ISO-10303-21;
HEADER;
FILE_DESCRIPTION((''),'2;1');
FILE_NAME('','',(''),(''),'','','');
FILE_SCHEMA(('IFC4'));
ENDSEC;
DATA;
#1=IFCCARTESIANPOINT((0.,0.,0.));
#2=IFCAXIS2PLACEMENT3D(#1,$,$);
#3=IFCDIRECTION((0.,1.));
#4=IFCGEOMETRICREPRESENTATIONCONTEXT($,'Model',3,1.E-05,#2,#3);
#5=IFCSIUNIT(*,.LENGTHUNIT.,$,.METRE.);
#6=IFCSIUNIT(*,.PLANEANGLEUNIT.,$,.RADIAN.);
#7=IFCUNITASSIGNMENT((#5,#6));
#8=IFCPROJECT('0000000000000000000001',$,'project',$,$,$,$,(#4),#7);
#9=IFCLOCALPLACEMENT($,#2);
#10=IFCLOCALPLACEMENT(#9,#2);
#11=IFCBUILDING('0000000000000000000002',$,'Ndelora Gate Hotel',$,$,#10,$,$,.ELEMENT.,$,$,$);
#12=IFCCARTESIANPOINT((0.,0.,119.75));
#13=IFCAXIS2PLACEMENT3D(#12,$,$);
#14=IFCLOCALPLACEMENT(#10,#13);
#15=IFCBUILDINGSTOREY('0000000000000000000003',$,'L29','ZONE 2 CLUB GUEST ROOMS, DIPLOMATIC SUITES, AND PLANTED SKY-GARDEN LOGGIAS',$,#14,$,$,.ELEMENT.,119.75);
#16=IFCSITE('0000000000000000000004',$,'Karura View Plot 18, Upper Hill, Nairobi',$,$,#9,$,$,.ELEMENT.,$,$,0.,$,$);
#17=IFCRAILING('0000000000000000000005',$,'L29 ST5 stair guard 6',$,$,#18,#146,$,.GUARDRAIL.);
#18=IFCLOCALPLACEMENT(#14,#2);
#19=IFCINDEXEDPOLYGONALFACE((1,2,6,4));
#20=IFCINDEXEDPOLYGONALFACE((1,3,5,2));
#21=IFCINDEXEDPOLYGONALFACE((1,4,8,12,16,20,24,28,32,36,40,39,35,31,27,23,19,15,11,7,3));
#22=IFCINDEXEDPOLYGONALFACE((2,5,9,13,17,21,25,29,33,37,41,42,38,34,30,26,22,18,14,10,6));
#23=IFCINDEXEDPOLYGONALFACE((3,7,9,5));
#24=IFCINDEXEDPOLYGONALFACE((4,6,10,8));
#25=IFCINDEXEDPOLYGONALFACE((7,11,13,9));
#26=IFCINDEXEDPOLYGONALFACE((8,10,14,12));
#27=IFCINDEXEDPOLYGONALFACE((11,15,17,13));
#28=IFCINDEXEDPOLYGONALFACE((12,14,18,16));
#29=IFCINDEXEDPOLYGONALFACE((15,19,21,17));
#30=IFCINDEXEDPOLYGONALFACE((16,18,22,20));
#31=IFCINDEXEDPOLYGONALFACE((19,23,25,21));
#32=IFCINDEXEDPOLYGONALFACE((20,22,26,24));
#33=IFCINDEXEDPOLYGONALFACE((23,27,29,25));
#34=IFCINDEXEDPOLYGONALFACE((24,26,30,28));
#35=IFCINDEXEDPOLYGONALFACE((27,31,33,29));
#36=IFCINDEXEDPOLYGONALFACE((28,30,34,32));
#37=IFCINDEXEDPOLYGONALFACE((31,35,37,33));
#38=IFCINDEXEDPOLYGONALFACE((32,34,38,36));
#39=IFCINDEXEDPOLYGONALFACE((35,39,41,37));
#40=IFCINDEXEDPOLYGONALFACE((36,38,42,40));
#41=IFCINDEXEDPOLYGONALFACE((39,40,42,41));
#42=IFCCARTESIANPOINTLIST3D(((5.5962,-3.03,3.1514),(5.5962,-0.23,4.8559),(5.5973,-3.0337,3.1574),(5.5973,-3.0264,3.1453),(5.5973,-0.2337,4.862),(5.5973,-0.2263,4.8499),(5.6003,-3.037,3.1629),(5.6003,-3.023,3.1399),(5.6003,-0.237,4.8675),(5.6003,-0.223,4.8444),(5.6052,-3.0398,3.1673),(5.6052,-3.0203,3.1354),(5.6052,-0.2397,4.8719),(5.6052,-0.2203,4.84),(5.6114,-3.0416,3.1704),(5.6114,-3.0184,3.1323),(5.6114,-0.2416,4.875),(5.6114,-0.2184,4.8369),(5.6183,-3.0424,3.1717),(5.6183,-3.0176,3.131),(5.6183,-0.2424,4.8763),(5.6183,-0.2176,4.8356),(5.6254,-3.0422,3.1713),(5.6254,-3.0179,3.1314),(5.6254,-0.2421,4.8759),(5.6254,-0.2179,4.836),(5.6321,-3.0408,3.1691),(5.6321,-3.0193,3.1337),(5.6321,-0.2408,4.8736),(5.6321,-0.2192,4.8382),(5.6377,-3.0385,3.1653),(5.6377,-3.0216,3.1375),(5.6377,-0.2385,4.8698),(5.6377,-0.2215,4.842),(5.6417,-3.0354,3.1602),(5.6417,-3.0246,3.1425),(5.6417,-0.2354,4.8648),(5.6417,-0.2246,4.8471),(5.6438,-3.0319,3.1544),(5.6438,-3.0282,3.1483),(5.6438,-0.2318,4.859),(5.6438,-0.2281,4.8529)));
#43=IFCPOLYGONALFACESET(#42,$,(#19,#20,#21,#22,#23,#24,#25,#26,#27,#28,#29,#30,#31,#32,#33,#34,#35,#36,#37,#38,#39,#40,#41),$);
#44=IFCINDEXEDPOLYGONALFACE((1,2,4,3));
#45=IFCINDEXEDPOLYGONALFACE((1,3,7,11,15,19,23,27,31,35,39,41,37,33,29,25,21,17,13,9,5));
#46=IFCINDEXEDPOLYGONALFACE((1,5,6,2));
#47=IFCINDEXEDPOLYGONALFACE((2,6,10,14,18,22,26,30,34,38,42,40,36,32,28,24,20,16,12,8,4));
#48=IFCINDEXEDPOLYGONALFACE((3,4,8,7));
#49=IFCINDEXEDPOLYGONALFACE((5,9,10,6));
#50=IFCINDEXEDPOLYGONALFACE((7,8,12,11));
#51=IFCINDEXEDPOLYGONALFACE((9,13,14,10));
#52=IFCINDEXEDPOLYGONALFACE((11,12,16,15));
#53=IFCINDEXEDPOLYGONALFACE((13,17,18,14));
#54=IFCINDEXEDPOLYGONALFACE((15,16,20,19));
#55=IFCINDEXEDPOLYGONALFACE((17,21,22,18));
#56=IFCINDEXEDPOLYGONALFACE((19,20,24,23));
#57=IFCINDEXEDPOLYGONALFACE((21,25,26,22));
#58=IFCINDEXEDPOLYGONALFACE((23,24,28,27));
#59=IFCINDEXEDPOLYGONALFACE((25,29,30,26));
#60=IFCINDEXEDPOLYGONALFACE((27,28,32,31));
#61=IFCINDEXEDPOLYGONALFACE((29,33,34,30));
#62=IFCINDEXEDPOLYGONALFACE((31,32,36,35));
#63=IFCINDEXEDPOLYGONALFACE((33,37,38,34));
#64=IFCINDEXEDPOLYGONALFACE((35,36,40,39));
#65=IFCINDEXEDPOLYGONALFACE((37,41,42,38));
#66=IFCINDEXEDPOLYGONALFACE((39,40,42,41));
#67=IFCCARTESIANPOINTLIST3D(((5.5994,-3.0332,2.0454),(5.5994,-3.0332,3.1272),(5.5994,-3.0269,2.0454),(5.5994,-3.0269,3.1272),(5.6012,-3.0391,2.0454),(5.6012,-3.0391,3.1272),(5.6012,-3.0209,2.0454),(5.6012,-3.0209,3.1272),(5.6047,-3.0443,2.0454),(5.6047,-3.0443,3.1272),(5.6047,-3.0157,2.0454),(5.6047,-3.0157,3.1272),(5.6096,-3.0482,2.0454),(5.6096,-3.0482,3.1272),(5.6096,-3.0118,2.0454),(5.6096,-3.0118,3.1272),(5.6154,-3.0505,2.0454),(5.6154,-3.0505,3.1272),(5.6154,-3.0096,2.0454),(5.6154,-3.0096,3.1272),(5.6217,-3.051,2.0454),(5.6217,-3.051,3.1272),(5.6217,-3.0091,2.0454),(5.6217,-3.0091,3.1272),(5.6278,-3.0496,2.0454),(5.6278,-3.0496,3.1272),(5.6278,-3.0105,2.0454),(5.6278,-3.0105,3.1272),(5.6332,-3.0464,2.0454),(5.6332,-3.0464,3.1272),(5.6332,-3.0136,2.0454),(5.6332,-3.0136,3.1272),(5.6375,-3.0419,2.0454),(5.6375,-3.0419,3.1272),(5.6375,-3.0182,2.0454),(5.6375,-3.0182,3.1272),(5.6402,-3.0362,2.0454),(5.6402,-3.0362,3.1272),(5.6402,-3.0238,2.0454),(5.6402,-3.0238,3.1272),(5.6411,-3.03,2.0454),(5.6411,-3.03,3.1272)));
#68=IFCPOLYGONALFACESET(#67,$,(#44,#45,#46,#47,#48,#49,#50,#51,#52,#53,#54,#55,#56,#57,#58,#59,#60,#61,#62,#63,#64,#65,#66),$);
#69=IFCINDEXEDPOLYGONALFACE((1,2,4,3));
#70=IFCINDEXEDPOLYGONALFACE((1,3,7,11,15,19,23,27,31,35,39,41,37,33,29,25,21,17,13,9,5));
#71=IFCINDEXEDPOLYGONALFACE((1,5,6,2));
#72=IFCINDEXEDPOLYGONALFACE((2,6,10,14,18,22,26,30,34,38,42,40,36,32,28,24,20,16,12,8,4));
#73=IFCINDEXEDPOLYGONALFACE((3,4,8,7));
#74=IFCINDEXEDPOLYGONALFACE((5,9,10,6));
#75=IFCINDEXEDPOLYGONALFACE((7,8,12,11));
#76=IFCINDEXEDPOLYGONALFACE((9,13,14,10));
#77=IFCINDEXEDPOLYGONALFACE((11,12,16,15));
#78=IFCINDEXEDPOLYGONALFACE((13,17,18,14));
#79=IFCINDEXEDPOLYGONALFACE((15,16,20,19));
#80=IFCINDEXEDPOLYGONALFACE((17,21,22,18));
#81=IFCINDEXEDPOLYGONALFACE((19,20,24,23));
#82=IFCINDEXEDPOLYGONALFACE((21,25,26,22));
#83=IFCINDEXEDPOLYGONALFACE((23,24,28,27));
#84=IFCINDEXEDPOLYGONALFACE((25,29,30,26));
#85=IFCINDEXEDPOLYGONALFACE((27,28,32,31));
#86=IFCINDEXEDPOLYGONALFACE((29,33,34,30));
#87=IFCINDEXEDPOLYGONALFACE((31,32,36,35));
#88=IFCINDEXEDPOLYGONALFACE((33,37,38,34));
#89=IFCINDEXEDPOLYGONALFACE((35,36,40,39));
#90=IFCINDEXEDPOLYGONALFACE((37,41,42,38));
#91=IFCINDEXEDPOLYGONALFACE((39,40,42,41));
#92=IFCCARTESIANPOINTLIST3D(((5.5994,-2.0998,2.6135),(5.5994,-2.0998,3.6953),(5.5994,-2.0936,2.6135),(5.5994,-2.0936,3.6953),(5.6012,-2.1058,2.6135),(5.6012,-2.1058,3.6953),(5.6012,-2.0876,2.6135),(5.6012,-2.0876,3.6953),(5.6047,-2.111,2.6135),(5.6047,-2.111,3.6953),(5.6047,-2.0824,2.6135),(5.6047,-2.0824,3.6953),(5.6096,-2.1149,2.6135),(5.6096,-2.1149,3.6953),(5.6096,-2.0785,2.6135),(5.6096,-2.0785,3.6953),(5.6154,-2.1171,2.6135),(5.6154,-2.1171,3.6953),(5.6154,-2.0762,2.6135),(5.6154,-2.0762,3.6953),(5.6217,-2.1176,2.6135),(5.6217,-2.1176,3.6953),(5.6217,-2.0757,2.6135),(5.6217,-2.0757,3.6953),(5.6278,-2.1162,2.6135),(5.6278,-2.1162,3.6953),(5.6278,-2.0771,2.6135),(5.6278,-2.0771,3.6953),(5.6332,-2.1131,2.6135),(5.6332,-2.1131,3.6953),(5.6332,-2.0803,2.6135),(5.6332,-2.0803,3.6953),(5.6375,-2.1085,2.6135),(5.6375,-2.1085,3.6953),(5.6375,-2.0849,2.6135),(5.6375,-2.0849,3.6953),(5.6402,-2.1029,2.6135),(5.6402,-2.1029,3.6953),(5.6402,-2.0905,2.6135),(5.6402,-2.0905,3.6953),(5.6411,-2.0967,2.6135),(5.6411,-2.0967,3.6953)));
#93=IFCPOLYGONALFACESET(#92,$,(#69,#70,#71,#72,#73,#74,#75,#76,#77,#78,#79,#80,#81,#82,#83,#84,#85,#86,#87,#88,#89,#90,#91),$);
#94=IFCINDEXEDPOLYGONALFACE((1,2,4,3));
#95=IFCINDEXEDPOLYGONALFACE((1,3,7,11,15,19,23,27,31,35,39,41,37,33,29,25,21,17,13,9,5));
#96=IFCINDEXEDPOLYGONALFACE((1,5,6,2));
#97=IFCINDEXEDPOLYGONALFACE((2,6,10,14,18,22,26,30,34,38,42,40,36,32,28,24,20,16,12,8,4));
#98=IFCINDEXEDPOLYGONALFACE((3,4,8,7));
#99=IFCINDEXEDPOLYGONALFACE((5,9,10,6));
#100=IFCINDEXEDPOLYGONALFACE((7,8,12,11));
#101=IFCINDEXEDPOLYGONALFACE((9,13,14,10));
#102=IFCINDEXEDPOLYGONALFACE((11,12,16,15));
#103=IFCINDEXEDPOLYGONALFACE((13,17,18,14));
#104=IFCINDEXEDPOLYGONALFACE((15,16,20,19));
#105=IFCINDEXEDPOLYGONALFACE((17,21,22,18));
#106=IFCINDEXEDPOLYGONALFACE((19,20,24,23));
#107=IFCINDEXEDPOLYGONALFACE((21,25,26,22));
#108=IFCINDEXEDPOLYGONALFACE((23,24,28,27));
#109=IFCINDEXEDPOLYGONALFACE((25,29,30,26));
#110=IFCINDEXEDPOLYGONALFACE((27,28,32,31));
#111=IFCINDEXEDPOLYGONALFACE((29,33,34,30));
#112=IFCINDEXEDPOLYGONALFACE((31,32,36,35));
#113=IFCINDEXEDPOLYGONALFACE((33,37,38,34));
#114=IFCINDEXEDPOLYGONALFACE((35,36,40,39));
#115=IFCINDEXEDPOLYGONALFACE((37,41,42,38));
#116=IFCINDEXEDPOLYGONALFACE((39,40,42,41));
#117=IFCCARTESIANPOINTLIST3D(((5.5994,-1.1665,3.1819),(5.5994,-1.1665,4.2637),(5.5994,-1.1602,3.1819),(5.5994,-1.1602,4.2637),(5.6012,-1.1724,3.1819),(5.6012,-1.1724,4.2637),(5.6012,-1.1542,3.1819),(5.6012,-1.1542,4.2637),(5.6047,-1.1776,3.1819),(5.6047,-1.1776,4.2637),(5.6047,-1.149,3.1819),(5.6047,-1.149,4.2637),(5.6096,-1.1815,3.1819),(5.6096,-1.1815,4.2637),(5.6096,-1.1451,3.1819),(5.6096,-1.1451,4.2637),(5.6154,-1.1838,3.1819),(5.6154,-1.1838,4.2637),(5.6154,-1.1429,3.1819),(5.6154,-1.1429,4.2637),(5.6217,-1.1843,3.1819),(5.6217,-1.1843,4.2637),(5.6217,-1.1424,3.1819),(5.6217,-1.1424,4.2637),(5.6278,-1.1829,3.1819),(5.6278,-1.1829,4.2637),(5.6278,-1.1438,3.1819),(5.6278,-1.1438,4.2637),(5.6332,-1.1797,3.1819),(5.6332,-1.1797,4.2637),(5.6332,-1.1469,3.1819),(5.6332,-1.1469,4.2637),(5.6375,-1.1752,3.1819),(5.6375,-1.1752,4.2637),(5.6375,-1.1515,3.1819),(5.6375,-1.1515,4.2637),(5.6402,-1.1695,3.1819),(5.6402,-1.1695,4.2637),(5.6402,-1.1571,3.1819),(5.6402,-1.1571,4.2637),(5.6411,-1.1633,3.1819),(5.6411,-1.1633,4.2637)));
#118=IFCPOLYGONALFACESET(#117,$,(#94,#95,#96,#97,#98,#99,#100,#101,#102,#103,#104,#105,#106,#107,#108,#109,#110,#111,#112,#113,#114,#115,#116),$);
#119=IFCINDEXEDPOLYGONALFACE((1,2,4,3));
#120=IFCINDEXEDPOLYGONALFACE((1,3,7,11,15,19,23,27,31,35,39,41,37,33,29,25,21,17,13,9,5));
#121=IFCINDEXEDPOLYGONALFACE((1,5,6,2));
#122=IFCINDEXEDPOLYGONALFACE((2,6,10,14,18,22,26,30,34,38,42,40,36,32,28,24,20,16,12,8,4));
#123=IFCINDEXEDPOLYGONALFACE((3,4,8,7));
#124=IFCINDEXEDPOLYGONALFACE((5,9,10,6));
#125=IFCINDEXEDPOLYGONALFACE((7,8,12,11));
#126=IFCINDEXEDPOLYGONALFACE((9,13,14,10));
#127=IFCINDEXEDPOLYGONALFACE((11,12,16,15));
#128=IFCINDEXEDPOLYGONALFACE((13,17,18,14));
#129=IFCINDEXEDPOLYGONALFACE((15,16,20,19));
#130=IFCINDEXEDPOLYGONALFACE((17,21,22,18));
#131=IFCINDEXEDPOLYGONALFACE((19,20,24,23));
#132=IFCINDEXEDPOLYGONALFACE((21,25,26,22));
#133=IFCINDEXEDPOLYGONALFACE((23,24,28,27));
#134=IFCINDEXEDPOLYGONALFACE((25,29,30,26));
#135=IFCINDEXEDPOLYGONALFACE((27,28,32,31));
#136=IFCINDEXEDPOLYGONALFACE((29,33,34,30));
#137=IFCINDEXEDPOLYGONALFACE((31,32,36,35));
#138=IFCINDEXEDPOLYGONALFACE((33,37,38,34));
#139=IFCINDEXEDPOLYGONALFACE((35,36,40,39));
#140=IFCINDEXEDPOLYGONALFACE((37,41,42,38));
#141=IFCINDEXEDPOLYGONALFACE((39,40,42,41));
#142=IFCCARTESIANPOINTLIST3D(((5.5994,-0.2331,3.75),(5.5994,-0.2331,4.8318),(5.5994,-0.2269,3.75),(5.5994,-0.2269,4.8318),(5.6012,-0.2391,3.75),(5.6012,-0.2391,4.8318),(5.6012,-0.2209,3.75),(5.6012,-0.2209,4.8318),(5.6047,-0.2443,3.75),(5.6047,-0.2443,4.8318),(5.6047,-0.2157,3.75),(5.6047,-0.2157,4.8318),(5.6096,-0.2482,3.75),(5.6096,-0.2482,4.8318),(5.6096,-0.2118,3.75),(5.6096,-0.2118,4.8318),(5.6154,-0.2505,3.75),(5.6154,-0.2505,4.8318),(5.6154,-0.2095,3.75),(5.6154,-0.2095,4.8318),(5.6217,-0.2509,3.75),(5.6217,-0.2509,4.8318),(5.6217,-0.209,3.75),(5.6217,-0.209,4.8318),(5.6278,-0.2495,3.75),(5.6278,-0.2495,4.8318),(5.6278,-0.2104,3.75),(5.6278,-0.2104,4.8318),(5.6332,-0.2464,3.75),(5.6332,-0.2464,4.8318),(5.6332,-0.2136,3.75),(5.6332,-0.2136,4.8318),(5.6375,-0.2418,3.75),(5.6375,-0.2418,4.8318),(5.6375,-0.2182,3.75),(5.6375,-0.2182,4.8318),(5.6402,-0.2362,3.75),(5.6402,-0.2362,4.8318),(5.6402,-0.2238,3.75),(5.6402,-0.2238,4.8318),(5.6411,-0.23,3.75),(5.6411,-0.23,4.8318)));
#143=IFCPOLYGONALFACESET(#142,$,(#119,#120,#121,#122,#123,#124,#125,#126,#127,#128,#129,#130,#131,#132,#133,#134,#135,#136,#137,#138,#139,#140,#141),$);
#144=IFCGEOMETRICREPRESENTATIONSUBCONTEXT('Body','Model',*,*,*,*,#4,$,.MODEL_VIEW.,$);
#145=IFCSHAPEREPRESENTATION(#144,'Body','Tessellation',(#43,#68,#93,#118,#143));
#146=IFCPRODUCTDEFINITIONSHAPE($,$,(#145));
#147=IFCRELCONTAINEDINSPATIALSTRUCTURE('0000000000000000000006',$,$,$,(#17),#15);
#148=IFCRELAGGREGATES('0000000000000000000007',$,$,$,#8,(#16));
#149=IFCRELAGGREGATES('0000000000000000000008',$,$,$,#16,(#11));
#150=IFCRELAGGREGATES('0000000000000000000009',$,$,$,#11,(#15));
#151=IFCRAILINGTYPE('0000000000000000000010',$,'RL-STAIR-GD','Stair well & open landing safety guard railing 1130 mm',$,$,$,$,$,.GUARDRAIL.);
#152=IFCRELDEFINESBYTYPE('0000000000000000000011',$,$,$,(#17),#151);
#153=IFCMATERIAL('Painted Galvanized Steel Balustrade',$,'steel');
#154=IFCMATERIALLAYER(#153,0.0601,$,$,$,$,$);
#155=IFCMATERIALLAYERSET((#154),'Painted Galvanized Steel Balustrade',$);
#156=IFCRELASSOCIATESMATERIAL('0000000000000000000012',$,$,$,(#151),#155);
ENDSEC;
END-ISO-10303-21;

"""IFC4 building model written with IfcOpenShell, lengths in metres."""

from ifc_helpers import new_model, si_unit, direction, frame, origin, origin_2d, place, context, subcontext, project, spatial, circle, extrude, material, layer, layer_set, type_object, element, save


model = new_model("IFC4")

# Units and contexts
model_context = context("Model", 3, precision=1e-05, world=origin(), true_north=direction((0.0, 1.0)))
body_context = subcontext(model_context, "Body", "Model", "MODEL_VIEW")
ifc_project = project(units=[si_unit("LENGTHUNIT", "METRE"), si_unit("PLANEANGLEUNIT", "RADIAN")], contexts=[model_context])

# Site, building, storey
site_placement = place(None, origin())
site = spatial("IfcSite", under=ifc_project, at=site_placement, Name="Karura View Plot 18, Upper Hill, Nairobi", CompositionType="ELEMENT", RefElevation=0.0)
building_placement = place(site_placement, origin())
building = spatial("IfcBuilding", under=site, at=building_placement, Name="Ndelora Gate Hotel", CompositionType="ELEMENT")
storey_placement = place(building_placement, frame((0.0, 0.0, 119.75)))
storey = spatial("IfcBuildingStorey", under=building, at=storey_placement, Name="L29", Description="ZONE 2 CLUB GUEST ROOMS, DIPLOMATIC SUITES, AND PLANTED SKY-GARDEN LOGGIAS", CompositionType="ELEMENT", Elevation=119.75)

# Railing
ifc_material_1 = material(Name="Painted Galvanized Steel Balustrade", Category="steel")
ifc_layer_1 = layer(ifc_material_1, 0.0601)
ifc_layer_set_1 = layer_set([ifc_layer_1], Name="Painted Galvanized Steel Balustrade")
railing_type_1 = type_object("IfcRailingType", Name="RL-STAIR-GD", Description="Stair well & open landing safety guard railing 1130 mm", PredefinedType="GUARDRAIL", material=ifc_layer_set_1)
railing_1_placement = place(storey_placement, frame((5.6201, -3.03, 2.0454)))
element("IfcRailing", 1, at=railing_1_placement, inside=storey, type_object=railing_type_1, Name="L29 ST5 stair guard 6", PredefinedType="GUARDRAIL", context=body_context, shape_type="SweptSolid", body=[
    extrude(circle(Radius=0.0239, at=origin_2d()), frame((0.0, 0.0, 1.106), z_axis=(0.0, 0.85417, 0.519994), x_axis=(-1.0, 0.0, 0.0)), (0.0, 0.0, 1.0), 3.2781),
    extrude(circle(Radius=0.021, at=origin_2d()), origin(), (0.0, 0.0, 1.0), 1.0818),
    extrude(circle(Radius=0.021, at=origin_2d()), frame((0.0, 0.9333, 0.5681)), (0.0, 0.0, 1.0), 1.0818),
    extrude(circle(Radius=0.021, at=origin_2d()), frame((0.0, 1.8667, 1.1365)), (0.0, 0.0, 1.0), 1.0818),
    extrude(circle(Radius=0.021, at=origin_2d()), frame((0.0, 2.8, 1.7046)), (0.0, 0.0, 1.0), 1.0818),
])

save(model, "model.ifc")
